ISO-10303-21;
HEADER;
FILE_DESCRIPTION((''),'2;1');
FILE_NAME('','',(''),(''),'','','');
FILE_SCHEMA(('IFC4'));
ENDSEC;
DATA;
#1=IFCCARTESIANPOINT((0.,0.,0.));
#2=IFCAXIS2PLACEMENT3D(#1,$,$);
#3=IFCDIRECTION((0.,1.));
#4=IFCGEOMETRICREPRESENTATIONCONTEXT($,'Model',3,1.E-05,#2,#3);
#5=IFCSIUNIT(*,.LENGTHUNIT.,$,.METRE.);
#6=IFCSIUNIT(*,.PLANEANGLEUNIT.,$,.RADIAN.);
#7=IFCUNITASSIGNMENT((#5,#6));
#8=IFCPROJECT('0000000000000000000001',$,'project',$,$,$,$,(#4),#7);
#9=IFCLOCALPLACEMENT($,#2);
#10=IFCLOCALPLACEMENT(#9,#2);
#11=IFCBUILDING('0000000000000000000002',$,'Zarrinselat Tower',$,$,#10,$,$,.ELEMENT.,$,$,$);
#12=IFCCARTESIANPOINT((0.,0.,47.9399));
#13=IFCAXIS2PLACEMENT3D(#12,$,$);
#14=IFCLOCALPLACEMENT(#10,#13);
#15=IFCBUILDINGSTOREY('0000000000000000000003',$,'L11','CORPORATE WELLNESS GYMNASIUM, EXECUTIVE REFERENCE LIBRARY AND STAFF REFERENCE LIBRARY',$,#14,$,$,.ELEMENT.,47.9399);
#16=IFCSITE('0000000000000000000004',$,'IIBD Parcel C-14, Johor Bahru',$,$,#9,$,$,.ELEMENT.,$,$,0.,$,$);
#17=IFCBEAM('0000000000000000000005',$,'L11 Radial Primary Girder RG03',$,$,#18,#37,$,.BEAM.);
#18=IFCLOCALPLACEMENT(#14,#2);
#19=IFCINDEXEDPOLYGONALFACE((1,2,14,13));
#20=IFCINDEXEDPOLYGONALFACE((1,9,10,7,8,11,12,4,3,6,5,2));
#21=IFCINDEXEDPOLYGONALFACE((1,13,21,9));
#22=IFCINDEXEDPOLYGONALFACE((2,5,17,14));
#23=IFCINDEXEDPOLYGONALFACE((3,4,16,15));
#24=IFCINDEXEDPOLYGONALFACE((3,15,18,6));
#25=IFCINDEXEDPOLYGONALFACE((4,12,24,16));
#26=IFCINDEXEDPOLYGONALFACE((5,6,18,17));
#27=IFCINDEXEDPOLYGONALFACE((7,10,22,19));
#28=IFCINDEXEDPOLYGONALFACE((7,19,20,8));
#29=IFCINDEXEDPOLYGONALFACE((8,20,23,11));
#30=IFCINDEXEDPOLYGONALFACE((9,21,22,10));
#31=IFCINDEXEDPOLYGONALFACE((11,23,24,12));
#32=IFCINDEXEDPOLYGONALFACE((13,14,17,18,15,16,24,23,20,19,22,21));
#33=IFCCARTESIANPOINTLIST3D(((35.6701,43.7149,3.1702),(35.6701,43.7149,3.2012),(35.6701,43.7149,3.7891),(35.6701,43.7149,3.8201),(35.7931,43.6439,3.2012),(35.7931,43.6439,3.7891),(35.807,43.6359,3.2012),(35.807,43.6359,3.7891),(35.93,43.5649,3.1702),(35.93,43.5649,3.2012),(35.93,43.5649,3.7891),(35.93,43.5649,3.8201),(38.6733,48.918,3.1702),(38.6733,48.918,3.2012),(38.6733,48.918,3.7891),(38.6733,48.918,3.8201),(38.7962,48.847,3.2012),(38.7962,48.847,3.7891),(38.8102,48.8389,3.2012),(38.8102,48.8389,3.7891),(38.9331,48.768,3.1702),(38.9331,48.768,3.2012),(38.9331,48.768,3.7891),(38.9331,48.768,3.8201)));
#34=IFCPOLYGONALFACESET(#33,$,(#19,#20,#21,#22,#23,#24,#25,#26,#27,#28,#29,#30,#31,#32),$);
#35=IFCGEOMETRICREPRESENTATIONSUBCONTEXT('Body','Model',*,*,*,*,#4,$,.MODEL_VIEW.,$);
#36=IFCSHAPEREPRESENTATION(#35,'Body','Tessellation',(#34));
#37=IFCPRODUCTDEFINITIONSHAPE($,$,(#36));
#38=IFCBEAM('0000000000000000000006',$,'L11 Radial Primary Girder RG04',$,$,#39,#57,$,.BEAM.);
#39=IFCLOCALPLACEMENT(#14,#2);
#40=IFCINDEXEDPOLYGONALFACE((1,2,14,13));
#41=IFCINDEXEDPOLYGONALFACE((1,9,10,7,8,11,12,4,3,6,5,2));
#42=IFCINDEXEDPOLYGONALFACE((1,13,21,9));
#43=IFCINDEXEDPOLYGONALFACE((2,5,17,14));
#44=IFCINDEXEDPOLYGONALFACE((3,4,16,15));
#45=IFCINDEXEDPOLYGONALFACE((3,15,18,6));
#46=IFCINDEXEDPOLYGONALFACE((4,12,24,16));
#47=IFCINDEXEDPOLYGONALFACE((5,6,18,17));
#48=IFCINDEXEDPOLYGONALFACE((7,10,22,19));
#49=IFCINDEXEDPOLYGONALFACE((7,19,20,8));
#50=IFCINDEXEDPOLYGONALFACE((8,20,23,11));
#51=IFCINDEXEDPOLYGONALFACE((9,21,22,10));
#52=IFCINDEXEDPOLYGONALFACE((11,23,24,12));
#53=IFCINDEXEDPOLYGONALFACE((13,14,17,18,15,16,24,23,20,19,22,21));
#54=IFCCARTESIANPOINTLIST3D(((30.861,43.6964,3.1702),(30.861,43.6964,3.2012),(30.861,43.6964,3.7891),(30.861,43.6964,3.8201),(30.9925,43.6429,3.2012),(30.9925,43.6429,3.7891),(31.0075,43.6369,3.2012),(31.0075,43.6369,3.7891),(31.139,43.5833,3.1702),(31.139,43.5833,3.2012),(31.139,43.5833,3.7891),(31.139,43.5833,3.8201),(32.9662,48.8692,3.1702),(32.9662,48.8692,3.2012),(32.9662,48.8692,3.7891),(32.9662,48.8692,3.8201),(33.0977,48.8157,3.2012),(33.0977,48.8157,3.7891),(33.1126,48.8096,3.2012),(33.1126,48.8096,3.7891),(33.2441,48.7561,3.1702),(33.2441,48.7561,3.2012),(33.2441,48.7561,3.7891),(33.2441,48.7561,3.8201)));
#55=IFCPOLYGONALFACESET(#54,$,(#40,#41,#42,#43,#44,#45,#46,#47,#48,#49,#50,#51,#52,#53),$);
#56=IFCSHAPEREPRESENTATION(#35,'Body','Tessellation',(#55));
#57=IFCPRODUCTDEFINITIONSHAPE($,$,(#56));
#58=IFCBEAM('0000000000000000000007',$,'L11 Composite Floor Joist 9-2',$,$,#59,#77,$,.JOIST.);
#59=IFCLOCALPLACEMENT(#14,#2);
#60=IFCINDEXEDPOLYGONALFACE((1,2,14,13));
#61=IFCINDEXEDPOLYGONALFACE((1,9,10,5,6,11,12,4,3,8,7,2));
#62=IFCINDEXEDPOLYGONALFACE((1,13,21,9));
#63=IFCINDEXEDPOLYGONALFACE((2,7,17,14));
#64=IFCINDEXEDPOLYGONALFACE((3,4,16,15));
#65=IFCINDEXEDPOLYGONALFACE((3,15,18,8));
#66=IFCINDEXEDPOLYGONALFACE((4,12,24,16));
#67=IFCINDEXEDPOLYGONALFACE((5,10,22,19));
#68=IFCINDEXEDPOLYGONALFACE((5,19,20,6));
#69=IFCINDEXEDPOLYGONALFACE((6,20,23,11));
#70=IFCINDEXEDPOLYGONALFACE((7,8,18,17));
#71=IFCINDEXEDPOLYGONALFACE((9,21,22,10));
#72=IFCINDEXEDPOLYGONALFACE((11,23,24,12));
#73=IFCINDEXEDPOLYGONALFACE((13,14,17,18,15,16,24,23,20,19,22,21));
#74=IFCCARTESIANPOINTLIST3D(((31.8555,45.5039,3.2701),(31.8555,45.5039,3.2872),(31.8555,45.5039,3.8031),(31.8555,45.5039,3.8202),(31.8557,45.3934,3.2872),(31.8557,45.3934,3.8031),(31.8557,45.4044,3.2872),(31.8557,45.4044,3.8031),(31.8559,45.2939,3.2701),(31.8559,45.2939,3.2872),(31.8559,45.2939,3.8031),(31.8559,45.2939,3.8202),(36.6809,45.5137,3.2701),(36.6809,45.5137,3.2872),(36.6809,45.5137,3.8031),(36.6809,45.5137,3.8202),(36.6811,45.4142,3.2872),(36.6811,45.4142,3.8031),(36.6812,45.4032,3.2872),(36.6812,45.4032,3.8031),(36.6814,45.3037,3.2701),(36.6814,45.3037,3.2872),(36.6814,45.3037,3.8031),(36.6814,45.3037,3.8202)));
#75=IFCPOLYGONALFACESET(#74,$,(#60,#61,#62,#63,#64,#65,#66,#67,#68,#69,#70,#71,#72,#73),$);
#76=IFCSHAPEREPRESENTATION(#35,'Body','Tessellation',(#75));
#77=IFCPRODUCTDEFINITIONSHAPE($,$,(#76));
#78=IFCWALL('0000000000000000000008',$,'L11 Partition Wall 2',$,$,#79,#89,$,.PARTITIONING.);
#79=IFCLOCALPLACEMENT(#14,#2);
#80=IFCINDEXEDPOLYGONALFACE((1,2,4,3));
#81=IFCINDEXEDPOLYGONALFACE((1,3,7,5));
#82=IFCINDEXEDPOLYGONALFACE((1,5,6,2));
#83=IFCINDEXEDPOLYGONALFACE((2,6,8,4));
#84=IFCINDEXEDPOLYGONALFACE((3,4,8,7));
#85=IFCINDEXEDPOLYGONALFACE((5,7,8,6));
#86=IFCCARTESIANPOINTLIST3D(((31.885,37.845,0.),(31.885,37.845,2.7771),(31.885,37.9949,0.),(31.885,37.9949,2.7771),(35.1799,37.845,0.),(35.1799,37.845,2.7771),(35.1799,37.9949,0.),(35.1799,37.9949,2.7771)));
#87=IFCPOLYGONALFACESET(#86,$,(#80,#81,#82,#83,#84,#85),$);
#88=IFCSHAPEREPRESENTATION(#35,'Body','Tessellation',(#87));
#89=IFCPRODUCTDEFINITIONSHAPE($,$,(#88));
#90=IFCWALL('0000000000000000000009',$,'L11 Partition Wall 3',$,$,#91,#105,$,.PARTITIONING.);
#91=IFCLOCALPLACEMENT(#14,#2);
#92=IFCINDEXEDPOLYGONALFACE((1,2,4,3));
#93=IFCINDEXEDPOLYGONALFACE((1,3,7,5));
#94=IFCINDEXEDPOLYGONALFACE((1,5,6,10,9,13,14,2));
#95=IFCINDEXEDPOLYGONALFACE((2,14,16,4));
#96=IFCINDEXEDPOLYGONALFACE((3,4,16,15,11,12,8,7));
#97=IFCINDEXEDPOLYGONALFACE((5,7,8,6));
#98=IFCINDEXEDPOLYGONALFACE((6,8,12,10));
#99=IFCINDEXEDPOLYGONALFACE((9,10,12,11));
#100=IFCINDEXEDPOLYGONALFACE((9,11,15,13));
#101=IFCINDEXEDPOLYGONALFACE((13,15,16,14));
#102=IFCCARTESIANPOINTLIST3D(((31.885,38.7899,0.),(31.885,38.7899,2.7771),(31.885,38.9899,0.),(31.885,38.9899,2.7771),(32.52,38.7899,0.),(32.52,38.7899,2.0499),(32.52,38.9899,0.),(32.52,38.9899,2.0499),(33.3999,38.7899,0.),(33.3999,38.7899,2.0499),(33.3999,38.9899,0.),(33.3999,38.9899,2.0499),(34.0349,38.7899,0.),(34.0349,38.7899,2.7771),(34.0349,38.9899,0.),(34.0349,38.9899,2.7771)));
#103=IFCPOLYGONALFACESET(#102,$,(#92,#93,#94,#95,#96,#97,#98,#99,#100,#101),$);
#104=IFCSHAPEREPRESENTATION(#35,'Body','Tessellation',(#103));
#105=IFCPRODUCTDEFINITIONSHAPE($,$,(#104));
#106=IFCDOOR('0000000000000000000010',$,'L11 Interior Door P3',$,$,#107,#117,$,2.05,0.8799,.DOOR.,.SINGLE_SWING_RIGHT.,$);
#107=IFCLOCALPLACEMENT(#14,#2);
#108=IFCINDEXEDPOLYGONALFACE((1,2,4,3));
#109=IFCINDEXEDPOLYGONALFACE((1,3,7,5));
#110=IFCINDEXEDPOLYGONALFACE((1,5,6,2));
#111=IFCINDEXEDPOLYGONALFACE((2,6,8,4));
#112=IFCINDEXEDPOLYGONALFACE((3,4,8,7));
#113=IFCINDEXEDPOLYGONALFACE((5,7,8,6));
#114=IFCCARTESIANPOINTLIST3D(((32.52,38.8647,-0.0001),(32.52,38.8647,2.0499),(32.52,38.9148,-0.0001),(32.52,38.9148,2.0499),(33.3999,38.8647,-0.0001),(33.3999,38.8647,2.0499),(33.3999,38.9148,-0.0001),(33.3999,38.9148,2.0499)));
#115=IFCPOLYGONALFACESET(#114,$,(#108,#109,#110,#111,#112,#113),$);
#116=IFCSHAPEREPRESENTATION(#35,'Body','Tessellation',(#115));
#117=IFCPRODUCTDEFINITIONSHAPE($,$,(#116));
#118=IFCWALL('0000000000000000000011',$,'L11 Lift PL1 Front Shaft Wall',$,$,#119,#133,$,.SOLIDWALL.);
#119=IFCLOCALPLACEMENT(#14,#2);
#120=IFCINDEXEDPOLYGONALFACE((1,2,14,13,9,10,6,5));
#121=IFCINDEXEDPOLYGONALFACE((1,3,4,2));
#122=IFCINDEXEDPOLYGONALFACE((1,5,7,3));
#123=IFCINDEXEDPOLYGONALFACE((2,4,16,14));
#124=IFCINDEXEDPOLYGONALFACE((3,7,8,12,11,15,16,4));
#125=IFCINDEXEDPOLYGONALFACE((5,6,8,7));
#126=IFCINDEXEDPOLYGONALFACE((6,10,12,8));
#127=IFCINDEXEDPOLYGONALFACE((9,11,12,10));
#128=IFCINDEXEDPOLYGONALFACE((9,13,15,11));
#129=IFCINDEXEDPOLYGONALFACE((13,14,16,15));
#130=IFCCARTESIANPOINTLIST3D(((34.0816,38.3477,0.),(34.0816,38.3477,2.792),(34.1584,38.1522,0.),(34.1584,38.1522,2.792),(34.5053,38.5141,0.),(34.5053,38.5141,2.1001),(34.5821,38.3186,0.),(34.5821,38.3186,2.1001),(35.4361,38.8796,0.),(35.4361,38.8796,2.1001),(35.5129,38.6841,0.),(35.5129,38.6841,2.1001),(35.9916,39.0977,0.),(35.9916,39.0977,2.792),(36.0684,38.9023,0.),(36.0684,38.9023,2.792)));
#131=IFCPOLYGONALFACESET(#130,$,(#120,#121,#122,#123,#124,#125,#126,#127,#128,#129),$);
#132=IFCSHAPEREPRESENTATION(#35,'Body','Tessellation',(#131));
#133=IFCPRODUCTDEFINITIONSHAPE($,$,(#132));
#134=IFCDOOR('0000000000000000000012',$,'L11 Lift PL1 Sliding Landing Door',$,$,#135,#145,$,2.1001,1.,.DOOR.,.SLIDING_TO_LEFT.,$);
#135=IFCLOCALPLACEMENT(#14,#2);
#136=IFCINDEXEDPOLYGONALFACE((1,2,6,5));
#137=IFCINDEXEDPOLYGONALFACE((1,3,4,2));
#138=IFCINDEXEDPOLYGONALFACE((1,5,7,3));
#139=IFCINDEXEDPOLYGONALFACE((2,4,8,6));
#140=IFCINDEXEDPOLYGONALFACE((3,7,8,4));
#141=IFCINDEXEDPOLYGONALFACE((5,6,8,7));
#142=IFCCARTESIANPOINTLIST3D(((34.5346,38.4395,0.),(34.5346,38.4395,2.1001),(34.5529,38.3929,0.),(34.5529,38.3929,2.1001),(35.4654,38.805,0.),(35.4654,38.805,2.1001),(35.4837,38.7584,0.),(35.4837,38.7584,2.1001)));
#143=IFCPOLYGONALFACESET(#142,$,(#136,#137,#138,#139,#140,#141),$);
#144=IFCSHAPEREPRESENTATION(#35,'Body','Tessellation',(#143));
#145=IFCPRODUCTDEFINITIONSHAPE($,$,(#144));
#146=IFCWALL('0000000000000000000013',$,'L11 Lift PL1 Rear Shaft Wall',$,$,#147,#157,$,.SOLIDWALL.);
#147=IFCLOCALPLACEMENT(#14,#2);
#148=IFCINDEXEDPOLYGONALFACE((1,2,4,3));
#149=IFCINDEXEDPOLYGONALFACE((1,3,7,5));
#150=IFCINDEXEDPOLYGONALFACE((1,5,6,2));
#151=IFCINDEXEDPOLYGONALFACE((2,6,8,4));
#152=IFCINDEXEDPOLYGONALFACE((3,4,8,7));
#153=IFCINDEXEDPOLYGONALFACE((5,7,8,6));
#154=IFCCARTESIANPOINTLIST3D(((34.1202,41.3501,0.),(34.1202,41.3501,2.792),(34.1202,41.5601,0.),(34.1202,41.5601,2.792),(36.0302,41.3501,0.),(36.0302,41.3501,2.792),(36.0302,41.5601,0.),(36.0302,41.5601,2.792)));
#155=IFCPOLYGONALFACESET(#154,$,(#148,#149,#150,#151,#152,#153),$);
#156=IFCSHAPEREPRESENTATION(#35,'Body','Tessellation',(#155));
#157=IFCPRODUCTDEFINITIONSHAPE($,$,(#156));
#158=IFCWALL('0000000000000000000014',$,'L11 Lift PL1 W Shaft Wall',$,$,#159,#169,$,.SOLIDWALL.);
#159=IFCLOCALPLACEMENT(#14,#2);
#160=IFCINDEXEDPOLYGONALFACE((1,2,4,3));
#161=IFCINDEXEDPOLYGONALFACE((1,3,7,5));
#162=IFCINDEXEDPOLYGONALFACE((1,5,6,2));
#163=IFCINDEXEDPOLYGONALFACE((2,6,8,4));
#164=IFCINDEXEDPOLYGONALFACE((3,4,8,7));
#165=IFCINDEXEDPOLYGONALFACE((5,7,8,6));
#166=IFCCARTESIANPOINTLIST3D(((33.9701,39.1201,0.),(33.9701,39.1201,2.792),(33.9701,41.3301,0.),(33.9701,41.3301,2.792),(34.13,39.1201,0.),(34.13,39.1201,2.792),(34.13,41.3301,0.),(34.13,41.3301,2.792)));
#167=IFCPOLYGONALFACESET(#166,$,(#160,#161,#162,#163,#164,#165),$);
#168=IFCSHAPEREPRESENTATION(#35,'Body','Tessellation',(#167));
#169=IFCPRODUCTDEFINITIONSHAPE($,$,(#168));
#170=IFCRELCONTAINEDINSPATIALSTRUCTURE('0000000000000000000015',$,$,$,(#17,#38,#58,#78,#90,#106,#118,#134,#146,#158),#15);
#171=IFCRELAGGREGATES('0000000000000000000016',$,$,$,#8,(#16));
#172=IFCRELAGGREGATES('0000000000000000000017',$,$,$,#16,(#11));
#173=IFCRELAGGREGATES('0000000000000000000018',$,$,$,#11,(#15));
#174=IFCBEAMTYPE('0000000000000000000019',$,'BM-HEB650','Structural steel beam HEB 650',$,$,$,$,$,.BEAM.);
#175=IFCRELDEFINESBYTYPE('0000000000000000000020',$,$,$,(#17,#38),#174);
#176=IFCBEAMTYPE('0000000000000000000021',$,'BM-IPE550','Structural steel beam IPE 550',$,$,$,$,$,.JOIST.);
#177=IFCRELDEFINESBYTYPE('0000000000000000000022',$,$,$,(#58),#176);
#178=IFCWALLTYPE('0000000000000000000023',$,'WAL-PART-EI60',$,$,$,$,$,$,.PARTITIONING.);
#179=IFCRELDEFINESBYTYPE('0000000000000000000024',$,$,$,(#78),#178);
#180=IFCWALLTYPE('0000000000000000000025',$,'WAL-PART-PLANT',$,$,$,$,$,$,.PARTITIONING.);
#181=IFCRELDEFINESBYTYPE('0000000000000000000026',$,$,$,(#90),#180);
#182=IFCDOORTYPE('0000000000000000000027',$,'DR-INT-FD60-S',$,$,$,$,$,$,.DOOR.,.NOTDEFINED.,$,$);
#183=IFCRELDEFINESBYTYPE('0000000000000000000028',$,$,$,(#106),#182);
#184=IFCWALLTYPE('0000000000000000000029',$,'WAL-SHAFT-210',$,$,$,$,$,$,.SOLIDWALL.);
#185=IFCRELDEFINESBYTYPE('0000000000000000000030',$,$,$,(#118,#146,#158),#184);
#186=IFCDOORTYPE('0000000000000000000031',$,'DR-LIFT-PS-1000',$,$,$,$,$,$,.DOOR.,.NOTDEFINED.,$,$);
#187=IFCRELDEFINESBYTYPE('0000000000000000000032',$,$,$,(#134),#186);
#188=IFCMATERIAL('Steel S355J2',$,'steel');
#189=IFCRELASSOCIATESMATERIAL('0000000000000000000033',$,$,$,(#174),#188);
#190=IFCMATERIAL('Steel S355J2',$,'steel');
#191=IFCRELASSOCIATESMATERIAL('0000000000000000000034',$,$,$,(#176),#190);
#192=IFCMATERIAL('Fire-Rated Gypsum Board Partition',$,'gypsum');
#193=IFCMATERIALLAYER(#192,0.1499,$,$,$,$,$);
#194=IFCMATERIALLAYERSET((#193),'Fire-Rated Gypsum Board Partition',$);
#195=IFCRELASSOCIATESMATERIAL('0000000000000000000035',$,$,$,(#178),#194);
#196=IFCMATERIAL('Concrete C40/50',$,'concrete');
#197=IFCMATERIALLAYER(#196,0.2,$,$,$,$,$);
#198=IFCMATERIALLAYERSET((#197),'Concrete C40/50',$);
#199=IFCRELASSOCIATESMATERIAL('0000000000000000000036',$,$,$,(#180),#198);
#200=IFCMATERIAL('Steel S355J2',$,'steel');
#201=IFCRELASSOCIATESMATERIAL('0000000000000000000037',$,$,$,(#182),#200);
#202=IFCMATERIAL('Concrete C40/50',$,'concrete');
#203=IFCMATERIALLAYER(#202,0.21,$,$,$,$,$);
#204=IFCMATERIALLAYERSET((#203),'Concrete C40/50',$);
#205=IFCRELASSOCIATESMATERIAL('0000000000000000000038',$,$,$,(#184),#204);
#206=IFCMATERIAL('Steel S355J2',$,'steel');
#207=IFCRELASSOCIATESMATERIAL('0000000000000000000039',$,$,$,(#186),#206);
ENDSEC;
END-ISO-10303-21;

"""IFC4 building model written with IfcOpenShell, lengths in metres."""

from ifc_helpers import new_model, si_unit, direction, frame, frame_2d, origin, origin_2d, place, context, subcontext, project, spatial, rectangle, i_section, extrude, material, layer, layer_set, material_profile, profile_set, type_object, element, fill, save


model = new_model("IFC4")

# Units and contexts
model_context = context("Model", 3, precision=1e-05, world=origin(), true_north=direction((0.0, 1.0)))
body_context = subcontext(model_context, "Body", "Model", "MODEL_VIEW")
ifc_project = project(units=[si_unit("LENGTHUNIT", "METRE"), si_unit("PLANEANGLEUNIT", "RADIAN")], contexts=[model_context])

# Site, building, storey
site_placement = place(None, origin())
site = spatial("IfcSite", under=ifc_project, at=site_placement, Name="IIBD Parcel C-14, Johor Bahru", CompositionType="ELEMENT", RefElevation=0.0)
building_placement = place(site_placement, origin())
building = spatial("IfcBuilding", under=site, at=building_placement, Name="Zarrinselat Tower", CompositionType="ELEMENT")
storey_placement = place(building_placement, frame((0.0, 0.0, 47.9399)))
storey = spatial("IfcBuildingStorey", under=building, at=storey_placement, Name="L11", Description="CORPORATE WELLNESS GYMNASIUM, EXECUTIVE REFERENCE LIBRARY AND STAFF REFERENCE LIBRARY", CompositionType="ELEMENT", Elevation=47.9399)

# Beams
ifc_material_1 = material(Name="Steel S355J2", Category="steel")
ifc_material_profile_1 = material_profile(ifc_material_1, i_section(OverallWidth=0.3, OverallDepth=0.6499, WebThickness=0.0161, FlangeThickness=0.031, at=origin_2d()), Name="HEB 650")
ifc_profile_set_1 = profile_set([ifc_material_profile_1], Name="Steel S355J2")
beam_type_1 = type_object("IfcBeamType", Name="BM-HEB650", Description="Structural steel beam HEB 650", PredefinedType="BEAM", material=ifc_profile_set_1)
beam_1_placement = place(storey_placement, frame((35.8, 43.6399, 3.4951), z_axis=(0.499894, 0.866087, 0.0), x_axis=(-0.866087, 0.499894, 0.0)))
element("IfcBeam", 1, at=beam_1_placement, inside=storey, type_object=beam_type_1, Name="L11 Radial Primary Girder RG03", PredefinedType="BEAM", context=body_context, shape_type="SweptSolid", body=[
    extrude(i_section(OverallWidth=0.3, OverallDepth=0.6499, WebThickness=0.0161, FlangeThickness=0.031, at=origin_2d()), origin(), (0.0, 0.0, 1.0), 6.0076),
])
beam_2_placement = place(storey_placement, frame((31.0, 43.6399, 3.4951), z_axis=(0.376954, 0.926232, 0.0), x_axis=(-0.926232, 0.376954, 0.0)))
element("IfcBeam", 2, at=beam_2_placement, inside=storey, type_object=beam_type_1, Name="L11 Radial Primary Girder RG04", PredefinedType="BEAM", context=body_context, shape_type="SweptSolid", body=[
    extrude(i_section(OverallWidth=0.3, OverallDepth=0.6499, WebThickness=0.0161, FlangeThickness=0.031, at=origin_2d()), origin(), (0.0, 0.0, 1.0), 5.5847),
])
ifc_material_2 = material(Name="Steel S355J2", Category="steel")
ifc_material_profile_2 = material_profile(ifc_material_2, i_section(OverallWidth=0.21, OverallDepth=0.55, WebThickness=0.011, FlangeThickness=0.0171, at=origin_2d()), Name="IPE 550")
ifc_profile_set_2 = profile_set([ifc_material_profile_2], Name="Steel S355J2")
beam_type_2 = type_object("IfcBeamType", Name="BM-IPE550", Description="Structural steel beam IPE 550", PredefinedType="JOIST", material=ifc_profile_set_2)
beam_3_placement = place(storey_placement, frame((31.8557, 45.3989, 3.5452), z_axis=(0.999998, 0.002024, 0.0), x_axis=(-0.002024, 0.999998, 0.0)))
element("IfcBeam", 3, at=beam_3_placement, inside=storey, type_object=beam_type_2, Name="L11 Composite Floor Joist 9-2", PredefinedType="JOIST", context=body_context, shape_type="SweptSolid", body=[
    extrude(i_section(OverallWidth=0.21, OverallDepth=0.55, WebThickness=0.011, FlangeThickness=0.0171, at=origin_2d()), origin(), (0.0, 0.0, 1.0), 4.8254),
])

# Wall
ifc_material_3 = material(Name="Fire-Rated Gypsum Board Partition", Category="gypsum")
ifc_layer_1 = layer(ifc_material_3, 0.1499)
ifc_layer_set_1 = layer_set([ifc_layer_1], Name="Fire-Rated Gypsum Board Partition")
wall_type_1 = type_object("IfcWallType", Name="WAL-PART-EI60", PredefinedType="PARTITIONING", material=ifc_layer_set_1)
wall_1_placement = place(storey_placement, frame((31.885, 37.9199, 0.0), z_axis=(0.0, 0.0, 1.0), x_axis=(1.0, 0.0, 0.0)))
element("IfcWall", 4, at=wall_1_placement, inside=storey, type_object=wall_type_1, Name="L11 Partition Wall 2", PredefinedType="PARTITIONING", context=body_context, shape_type="SweptSolid", body=[
    extrude(rectangle(XDim=3.2949, YDim=0.1499, at=frame_2d((1.6475, 0.0))), origin(), (0.0, 0.0, 1.0), 2.7771),
])

# Walls, openings, doors
ifc_material_4 = material(Name="Concrete C40/50", Category="concrete")
ifc_layer_2 = layer(ifc_material_4, 0.2)
ifc_layer_set_2 = layer_set([ifc_layer_2], Name="Concrete C40/50")
wall_type_2 = type_object("IfcWallType", Name="WAL-PART-PLANT", PredefinedType="PARTITIONING", material=ifc_layer_set_2)
wall_2_placement = place(storey_placement, frame((31.885, 38.8899, 0.0), z_axis=(0.0, 0.0, 1.0), x_axis=(1.0, 0.0, 0.0)))
wall_2 = element("IfcWall", 5, at=wall_2_placement, inside=storey, type_object=wall_type_2, Name="L11 Partition Wall 3", PredefinedType="PARTITIONING", context=body_context, shape_type="SweptSolid", body=[
    extrude(rectangle(XDim=2.1499, YDim=0.2, at=frame_2d((1.075, 0.0))), origin(), (0.0, 0.0, 1.0), 2.7771),
])
opening_1_placement = place(wall_2_placement, frame((0.635, 0.0, 0.0)))
opening_1 = element("IfcOpeningElement", 6, at=opening_1_placement, cuts=wall_2, PredefinedType="OPENING", context=body_context, shape_type="SweptSolid", body=[
    extrude(rectangle(XDim=0.8799, YDim=2.05, at=frame_2d((0.4399, 1.0249))), frame((0.0, 0.1099, 0.0), z_axis=(0.0, -1.0, 0.0), x_axis=(1.0, 0.0, 0.0)), (0.0, 0.0, 1.0), 0.22),
])
ifc_material_5 = material(Name="Steel S355J2", Category="steel")
door_type_1 = type_object("IfcDoorType", Name="DR-INT-FD60-S", OperationType="NOTDEFINED", PredefinedType="DOOR", material=ifc_material_5)
door_1_placement = place(opening_1_placement, origin())
door_1 = element("IfcDoor", 7, at=door_1_placement, inside=storey, type_object=door_type_1, Name="L11 Interior Door P3", OperationType="SINGLE_SWING_RIGHT", OverallHeight=2.05, OverallWidth=0.8799, PredefinedType="DOOR", context=body_context, shape_type="SweptSolid", body=[
    extrude(rectangle(XDim=0.8799, YDim=2.05, at=frame_2d((0.4399, 1.0249))), frame((0.0, 0.0249, 0.0), z_axis=(0.0, -1.0, 0.0), x_axis=(1.0, 0.0, 0.0)), (0.0, 0.0, 1.0), 0.05),
])
fill(opening_1, door_1)
ifc_material_6 = material(Name="Concrete C40/50", Category="concrete")
ifc_layer_3 = layer(ifc_material_6, 0.21)
ifc_layer_set_3 = layer_set([ifc_layer_3], Name="Concrete C40/50")
wall_type_3 = type_object("IfcWallType", Name="WAL-SHAFT-210", PredefinedType="SOLIDWALL", material=ifc_layer_set_3)
wall_3_placement = place(storey_placement, frame((34.1201, 38.25, 0.0), z_axis=(0.0, 0.0, 1.0), x_axis=(0.930805, 0.365516, 0.0)))
wall_3 = element("IfcWall", 8, at=wall_3_placement, inside=storey, type_object=wall_type_3, Name="L11 Lift PL1 Front Shaft Wall", PredefinedType="SOLIDWALL", context=body_context, shape_type="SweptSolid", body=[
    extrude(rectangle(XDim=2.052, YDim=0.21, at=frame_2d((1.0259, 0.0))), origin(), (0.0, 0.0, 1.0), 2.792),
])
opening_2_placement = place(wall_3_placement, frame((0.4551, 0.0, 0.0)))
opening_2 = element("IfcOpeningElement", 9, at=opening_2_placement, cuts=wall_3, PredefinedType="OPENING", context=body_context, shape_type="SweptSolid", body=[
    extrude(rectangle(XDim=1.0, YDim=2.1001, at=frame_2d((0.5, 1.05))), frame((0.0, 0.115, 0.0), z_axis=(0.0, -1.0, 0.0), x_axis=(1.0, 0.0, 0.0)), (0.0, 0.0, 1.0), 0.23),
])
ifc_material_7 = material(Name="Steel S355J2", Category="steel")
door_type_2 = type_object("IfcDoorType", Name="DR-LIFT-PS-1000", OperationType="NOTDEFINED", PredefinedType="DOOR", material=ifc_material_7)
door_2_placement = place(opening_2_placement, origin())
door_2 = element("IfcDoor", 10, at=door_2_placement, inside=storey, type_object=door_type_2, Name="L11 Lift PL1 Sliding Landing Door", OperationType="SLIDING_TO_LEFT", OverallHeight=2.1001, OverallWidth=1.0, PredefinedType="DOOR", context=body_context, shape_type="SweptSolid", body=[
    extrude(rectangle(XDim=1.0, YDim=2.1001, at=frame_2d((0.5, 1.05))), frame((0.0, 0.0249, 0.0), z_axis=(0.0, -1.0, 0.0), x_axis=(1.0, 0.0, 0.0)), (0.0, 0.0, 1.0), 0.05),
])
fill(opening_2, door_2)

# Walls
wall_4_placement = place(storey_placement, frame((34.1201, 41.4551, 0.0), z_axis=(0.0, 0.0, 1.0), x_axis=(1.0, 0.0, 0.0)))
element("IfcWall", 11, at=wall_4_placement, inside=storey, type_object=wall_type_3, Name="L11 Lift PL1 Rear Shaft Wall", PredefinedType="SOLIDWALL", context=body_context, shape_type="SweptSolid", body=[
    extrude(rectangle(XDim=1.9099, YDim=0.21, at=frame_2d((0.9551, 0.0))), origin(), (0.0, 0.0, 1.0), 2.792),
])
for number, where, z_axis, x_axis, name in (
    (12, (34.05, 39.1201, 0.0), (0.0, 0.0, 1.0), (0.0, 1.0, 0.0), "L11 Lift PL1 W Shaft Wall"),
):
    element("IfcWall", number, at=place(storey_placement, frame(where, z_axis=z_axis, x_axis=x_axis)), inside=storey, type_object=wall_type_3, Name=name, PredefinedType="SOLIDWALL", context=body_context, shape_type="SweptSolid", body=[
        extrude(rectangle(XDim=2.21, YDim=0.1599, at=frame_2d((1.105, 0.0))), origin(), (0.0, 0.0, 1.0), 2.792),
    ])

save(model, "model.ifc")
